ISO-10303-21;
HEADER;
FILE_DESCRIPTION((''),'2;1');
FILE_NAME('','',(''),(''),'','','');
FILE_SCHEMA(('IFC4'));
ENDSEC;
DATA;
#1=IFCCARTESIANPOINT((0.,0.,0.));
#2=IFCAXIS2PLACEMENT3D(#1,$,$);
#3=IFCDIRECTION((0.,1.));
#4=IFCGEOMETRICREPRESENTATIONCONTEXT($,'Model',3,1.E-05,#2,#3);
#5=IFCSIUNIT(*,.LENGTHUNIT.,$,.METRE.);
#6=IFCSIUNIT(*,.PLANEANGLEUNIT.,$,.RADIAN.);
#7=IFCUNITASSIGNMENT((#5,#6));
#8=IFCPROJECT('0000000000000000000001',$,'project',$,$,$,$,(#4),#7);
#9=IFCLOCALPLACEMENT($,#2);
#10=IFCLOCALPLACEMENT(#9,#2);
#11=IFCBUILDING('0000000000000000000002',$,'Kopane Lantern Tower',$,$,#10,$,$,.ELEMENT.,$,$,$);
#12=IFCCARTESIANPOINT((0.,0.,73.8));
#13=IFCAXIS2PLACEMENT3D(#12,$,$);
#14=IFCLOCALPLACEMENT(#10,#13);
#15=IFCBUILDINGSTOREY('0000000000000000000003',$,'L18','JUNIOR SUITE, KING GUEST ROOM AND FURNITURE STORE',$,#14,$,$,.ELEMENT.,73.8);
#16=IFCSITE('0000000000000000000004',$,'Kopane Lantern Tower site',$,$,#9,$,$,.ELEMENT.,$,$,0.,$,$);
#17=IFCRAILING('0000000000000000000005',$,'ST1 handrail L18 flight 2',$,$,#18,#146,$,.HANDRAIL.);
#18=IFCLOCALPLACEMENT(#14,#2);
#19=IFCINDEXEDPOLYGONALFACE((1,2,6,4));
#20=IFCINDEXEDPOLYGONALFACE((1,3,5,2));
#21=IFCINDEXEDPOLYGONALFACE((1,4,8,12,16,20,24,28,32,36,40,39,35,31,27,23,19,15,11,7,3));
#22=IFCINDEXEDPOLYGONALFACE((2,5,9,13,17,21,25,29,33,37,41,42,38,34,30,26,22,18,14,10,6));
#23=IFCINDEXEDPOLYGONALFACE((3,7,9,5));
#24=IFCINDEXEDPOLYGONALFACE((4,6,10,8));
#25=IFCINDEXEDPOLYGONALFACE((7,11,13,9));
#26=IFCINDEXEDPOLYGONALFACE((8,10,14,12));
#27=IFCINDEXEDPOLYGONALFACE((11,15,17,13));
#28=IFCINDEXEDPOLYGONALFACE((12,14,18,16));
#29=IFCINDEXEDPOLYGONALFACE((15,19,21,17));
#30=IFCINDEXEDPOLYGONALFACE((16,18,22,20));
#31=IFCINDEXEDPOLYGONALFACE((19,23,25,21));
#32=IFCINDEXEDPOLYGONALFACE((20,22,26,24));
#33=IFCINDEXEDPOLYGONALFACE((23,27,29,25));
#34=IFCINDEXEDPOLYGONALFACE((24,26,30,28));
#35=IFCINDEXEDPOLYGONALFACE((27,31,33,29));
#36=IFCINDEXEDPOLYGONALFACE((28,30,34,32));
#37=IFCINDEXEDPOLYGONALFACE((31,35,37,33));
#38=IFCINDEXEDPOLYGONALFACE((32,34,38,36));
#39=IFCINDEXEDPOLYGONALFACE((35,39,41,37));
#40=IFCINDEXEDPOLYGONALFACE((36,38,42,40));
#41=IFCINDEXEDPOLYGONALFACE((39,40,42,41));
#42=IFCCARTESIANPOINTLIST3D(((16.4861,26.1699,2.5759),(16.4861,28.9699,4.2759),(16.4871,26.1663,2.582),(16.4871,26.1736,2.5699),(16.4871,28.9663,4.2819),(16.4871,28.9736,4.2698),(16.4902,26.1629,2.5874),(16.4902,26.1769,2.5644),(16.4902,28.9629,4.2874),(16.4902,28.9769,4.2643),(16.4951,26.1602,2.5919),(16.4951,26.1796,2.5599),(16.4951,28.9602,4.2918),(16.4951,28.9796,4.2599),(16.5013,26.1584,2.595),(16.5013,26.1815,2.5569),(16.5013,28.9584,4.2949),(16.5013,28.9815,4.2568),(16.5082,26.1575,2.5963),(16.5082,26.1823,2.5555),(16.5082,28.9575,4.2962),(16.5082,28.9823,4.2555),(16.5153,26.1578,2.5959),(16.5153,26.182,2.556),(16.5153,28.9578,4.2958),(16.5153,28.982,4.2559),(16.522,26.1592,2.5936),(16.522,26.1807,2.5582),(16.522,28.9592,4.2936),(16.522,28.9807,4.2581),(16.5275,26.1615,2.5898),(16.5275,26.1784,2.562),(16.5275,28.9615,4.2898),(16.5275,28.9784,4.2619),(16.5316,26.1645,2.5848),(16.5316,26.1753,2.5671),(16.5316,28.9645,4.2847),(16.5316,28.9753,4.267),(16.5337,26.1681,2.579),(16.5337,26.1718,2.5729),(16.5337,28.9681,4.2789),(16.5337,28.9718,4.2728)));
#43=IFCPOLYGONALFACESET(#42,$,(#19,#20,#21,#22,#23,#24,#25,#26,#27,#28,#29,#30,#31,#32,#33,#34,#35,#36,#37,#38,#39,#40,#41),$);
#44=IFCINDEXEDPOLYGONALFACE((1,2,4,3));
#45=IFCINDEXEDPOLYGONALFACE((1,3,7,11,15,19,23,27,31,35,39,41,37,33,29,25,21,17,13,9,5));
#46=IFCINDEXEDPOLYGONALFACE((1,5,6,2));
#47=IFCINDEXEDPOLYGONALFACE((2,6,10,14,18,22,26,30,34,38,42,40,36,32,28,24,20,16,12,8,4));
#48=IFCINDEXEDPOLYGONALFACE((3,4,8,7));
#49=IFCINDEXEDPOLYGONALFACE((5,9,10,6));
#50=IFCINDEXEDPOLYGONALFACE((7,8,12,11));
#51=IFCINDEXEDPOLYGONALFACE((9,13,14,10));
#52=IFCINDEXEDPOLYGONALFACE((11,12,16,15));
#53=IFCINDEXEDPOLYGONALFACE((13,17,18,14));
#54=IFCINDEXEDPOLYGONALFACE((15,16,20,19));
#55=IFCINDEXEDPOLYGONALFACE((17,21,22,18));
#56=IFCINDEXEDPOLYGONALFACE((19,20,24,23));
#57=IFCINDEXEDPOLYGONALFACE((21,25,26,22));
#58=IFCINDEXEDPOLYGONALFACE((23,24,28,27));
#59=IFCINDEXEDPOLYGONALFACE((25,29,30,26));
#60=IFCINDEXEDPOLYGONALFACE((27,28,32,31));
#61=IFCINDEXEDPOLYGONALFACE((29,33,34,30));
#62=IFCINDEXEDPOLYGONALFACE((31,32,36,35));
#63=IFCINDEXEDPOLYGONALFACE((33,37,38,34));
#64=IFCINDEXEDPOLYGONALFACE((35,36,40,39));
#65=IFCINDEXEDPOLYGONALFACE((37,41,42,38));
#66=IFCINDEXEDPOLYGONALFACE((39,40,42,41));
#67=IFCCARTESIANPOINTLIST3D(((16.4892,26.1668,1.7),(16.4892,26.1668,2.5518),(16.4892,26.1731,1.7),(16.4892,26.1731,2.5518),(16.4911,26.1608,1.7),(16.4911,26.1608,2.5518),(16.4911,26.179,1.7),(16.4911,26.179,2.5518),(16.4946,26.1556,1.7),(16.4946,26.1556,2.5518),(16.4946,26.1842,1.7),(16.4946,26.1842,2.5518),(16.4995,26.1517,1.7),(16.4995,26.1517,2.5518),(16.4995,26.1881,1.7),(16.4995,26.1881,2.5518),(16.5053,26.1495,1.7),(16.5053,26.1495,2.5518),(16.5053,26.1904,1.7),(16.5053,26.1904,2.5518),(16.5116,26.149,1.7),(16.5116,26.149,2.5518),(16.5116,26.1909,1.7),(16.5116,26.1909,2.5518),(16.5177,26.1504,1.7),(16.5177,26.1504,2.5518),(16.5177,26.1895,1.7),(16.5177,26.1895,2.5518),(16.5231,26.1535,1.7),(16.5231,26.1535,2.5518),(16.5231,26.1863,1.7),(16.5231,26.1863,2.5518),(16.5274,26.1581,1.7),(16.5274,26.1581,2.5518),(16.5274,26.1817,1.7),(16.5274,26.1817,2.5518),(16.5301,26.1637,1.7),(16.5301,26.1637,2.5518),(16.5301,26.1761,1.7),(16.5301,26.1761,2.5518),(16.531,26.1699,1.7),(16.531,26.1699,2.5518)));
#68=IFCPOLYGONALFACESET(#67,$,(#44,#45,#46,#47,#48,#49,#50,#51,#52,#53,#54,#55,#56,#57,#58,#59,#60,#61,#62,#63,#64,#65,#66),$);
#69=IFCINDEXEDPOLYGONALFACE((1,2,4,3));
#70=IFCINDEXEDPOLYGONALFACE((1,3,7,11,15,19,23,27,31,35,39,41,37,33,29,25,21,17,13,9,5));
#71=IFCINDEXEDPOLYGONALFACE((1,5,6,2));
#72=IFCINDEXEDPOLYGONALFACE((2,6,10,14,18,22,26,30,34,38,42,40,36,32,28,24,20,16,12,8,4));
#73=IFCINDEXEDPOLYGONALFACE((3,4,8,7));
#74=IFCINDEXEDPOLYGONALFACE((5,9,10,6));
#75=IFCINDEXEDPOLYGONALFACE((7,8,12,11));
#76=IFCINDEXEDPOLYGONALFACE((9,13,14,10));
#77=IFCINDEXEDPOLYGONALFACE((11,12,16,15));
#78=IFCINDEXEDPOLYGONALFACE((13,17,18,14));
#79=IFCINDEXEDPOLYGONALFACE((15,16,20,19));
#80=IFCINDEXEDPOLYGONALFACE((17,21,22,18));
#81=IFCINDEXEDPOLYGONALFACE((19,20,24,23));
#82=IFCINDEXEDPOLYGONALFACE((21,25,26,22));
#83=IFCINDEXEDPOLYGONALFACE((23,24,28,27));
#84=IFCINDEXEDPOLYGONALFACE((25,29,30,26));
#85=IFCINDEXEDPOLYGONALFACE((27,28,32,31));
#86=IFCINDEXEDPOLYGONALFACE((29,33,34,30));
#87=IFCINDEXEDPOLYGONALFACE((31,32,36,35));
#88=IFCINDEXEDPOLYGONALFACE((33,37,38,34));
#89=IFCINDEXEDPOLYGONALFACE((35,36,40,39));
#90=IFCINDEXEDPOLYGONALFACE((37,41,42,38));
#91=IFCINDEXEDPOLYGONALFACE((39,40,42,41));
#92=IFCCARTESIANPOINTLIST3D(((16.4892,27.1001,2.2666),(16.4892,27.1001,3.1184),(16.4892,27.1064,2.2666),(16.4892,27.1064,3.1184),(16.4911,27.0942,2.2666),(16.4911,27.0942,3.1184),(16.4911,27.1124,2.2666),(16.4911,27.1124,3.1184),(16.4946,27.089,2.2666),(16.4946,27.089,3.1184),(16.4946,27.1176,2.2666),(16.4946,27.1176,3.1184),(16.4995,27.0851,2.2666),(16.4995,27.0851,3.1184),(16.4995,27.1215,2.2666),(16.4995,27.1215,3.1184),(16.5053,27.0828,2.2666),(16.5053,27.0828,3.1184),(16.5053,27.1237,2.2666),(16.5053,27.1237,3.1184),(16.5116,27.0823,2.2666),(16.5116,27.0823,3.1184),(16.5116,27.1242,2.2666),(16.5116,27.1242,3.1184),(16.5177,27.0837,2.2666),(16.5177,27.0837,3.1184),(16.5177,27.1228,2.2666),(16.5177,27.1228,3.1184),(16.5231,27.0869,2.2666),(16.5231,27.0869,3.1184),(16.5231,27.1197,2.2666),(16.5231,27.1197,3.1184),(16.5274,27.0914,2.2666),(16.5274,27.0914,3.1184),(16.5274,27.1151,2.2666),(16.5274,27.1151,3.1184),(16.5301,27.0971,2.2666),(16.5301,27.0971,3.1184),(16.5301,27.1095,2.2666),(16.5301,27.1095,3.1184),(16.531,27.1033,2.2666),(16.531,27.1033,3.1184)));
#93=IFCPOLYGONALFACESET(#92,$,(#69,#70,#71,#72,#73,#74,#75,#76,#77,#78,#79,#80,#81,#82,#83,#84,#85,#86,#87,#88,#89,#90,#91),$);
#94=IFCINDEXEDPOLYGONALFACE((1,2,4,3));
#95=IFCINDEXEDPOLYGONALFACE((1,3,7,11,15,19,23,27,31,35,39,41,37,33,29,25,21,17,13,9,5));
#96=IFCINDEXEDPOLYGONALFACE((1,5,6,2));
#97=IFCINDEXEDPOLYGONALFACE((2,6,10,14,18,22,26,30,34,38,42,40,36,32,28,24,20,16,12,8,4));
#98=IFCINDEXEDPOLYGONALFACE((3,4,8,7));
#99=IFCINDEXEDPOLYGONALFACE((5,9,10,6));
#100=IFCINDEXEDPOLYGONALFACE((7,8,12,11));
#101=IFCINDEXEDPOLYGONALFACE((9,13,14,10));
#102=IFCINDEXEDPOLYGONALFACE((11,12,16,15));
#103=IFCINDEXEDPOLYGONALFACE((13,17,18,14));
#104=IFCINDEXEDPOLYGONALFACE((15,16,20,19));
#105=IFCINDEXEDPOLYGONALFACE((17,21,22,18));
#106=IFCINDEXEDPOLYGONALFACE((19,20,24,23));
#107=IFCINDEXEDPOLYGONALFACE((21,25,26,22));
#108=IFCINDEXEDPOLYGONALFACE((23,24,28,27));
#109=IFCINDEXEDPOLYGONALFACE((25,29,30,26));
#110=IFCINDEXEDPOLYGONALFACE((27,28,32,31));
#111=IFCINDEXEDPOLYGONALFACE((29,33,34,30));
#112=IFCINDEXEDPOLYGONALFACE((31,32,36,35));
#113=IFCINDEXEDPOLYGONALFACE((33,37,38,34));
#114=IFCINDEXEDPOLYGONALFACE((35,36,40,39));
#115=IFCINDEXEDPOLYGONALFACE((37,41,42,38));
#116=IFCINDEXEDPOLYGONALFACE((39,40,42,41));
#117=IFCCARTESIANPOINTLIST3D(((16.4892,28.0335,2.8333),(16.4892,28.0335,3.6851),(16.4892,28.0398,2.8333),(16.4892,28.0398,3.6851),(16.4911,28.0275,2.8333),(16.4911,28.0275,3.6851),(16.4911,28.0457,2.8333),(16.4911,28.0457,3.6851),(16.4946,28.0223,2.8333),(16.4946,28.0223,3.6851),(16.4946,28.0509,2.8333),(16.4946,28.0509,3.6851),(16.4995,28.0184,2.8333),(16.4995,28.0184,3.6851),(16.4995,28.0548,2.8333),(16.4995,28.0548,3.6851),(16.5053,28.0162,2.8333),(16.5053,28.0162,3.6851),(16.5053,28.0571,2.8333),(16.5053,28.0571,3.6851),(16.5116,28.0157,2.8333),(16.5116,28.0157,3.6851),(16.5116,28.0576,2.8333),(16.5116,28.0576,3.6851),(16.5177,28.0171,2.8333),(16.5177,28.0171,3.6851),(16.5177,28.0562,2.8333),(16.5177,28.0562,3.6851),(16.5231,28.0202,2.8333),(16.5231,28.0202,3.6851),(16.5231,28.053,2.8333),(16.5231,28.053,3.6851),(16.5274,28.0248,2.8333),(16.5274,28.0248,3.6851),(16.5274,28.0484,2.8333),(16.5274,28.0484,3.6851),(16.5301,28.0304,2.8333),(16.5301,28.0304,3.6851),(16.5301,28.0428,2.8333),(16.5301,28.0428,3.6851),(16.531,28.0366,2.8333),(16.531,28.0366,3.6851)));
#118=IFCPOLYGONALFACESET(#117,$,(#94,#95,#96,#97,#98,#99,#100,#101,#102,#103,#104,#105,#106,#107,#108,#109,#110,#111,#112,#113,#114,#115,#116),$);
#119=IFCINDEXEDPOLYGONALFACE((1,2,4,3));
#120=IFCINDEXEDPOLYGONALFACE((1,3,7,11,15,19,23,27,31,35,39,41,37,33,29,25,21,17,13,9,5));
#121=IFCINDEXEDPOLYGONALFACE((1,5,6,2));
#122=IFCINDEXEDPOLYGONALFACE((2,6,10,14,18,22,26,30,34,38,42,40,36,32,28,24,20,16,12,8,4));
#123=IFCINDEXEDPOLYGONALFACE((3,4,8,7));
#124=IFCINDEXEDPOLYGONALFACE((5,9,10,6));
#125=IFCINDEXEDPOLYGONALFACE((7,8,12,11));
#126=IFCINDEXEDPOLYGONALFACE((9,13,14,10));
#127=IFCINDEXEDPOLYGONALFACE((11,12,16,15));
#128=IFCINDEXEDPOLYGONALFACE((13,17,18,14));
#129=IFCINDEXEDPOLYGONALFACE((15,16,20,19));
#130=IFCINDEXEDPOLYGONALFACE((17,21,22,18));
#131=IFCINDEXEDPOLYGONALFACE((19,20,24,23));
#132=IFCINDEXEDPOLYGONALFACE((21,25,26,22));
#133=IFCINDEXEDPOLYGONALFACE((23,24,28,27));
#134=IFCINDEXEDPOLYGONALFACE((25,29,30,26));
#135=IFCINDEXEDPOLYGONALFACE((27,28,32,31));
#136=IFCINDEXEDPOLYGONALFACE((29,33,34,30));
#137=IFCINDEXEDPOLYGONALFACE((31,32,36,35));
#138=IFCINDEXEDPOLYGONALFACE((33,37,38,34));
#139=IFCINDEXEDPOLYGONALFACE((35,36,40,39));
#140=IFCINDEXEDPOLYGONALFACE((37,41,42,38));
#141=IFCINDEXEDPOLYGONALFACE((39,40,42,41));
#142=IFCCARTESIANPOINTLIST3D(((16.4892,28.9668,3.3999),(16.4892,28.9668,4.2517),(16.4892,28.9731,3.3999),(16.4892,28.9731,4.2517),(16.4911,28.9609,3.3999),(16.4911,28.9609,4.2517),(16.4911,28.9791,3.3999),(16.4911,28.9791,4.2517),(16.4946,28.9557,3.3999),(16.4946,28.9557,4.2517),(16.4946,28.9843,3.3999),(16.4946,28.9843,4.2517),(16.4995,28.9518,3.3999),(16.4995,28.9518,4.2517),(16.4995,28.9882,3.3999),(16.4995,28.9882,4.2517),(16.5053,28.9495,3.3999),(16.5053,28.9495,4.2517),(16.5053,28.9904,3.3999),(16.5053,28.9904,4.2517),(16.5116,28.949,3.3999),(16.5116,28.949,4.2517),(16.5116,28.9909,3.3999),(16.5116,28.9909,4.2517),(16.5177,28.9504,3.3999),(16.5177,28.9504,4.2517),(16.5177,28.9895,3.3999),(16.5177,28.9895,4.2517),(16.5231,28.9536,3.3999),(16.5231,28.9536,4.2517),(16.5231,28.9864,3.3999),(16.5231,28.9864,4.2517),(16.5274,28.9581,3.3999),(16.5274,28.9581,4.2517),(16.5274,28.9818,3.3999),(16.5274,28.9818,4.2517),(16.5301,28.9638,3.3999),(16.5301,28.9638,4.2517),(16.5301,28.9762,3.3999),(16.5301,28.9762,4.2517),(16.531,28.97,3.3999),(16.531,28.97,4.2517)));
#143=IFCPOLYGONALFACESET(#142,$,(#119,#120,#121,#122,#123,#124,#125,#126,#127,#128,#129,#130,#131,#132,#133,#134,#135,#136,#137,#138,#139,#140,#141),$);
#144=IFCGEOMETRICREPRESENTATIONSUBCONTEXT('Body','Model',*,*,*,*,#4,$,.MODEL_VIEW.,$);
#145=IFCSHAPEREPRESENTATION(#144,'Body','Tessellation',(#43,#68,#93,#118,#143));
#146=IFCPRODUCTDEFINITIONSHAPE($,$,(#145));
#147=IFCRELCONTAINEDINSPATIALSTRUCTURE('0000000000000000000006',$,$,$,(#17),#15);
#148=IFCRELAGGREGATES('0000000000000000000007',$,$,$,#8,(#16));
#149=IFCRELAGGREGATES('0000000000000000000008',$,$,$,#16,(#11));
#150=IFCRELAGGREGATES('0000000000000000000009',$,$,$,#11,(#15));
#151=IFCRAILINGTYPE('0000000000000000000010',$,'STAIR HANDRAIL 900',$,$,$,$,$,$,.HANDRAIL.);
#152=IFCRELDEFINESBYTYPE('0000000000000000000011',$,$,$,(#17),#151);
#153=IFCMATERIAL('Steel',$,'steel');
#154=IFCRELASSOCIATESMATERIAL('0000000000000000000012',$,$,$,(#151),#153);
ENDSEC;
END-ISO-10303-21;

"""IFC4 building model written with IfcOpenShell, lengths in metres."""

from ifc_helpers import new_model, si_unit, direction, frame, origin, origin_2d, place, context, subcontext, project, spatial, circle, extrude, material, type_object, element, save


model = new_model("IFC4")

# Units and contexts
model_context = context("Model", 3, precision=1e-05, world=origin(), true_north=direction((0.0, 1.0)))
body_context = subcontext(model_context, "Body", "Model", "MODEL_VIEW")
ifc_project = project(units=[si_unit("LENGTHUNIT", "METRE"), si_unit("PLANEANGLEUNIT", "RADIAN")], contexts=[model_context])

# Site, building, storey
site_placement = place(None, origin())
site = spatial("IfcSite", under=ifc_project, at=site_placement, Name="Kopane Lantern Tower site", CompositionType="ELEMENT", RefElevation=0.0)
building_placement = place(site_placement, origin())
building = spatial("IfcBuilding", under=site, at=building_placement, Name="Kopane Lantern Tower", CompositionType="ELEMENT")
storey_placement = place(building_placement, frame((0.0, 0.0, 73.8)))
storey = spatial("IfcBuildingStorey", under=building, at=storey_placement, Name="L18", Description="JUNIOR SUITE, KING GUEST ROOM AND FURNITURE STORE", CompositionType="ELEMENT", Elevation=73.8)

# Railing
ifc_material_1 = material(Name="Steel", Category="steel")
railing_type_1 = type_object("IfcRailingType", Name="STAIR HANDRAIL 900", PredefinedType="HANDRAIL", material=ifc_material_1)
for number, where, name in (
    (1, (16.51, 26.1699, 1.7), "ST1 handrail L18 flight 2"),
):
    element("IfcRailing", number, at=place(storey_placement, frame(where)), inside=storey, type_object=railing_type_1, Name=name, PredefinedType="HANDRAIL", context=body_context, shape_type="SweptSolid", body=[
        extrude(circle(Radius=0.0239, at=origin_2d()), frame((0.0, 0.0, 0.876), z_axis=(0.0, 0.854798, 0.518961), x_axis=(-1.0, 0.0, 0.0)), (0.0, 0.0, 1.0), 3.2756),
        extrude(circle(Radius=0.021, at=origin_2d()), origin(), (0.0, 0.0, 1.0), 0.8518),
        extrude(circle(Radius=0.021, at=origin_2d()), frame((0.0, 0.9333, 0.5667)), (0.0, 0.0, 1.0), 0.8518),
        extrude(circle(Radius=0.021, at=origin_2d()), frame((0.0, 1.8667, 1.1333)), (0.0, 0.0, 1.0), 0.8518),
        extrude(circle(Radius=0.021, at=origin_2d()), frame((0.0, 2.8, 1.7)), (0.0, 0.0, 1.0), 0.8518),
    ])

save(model, "model.ifc")
